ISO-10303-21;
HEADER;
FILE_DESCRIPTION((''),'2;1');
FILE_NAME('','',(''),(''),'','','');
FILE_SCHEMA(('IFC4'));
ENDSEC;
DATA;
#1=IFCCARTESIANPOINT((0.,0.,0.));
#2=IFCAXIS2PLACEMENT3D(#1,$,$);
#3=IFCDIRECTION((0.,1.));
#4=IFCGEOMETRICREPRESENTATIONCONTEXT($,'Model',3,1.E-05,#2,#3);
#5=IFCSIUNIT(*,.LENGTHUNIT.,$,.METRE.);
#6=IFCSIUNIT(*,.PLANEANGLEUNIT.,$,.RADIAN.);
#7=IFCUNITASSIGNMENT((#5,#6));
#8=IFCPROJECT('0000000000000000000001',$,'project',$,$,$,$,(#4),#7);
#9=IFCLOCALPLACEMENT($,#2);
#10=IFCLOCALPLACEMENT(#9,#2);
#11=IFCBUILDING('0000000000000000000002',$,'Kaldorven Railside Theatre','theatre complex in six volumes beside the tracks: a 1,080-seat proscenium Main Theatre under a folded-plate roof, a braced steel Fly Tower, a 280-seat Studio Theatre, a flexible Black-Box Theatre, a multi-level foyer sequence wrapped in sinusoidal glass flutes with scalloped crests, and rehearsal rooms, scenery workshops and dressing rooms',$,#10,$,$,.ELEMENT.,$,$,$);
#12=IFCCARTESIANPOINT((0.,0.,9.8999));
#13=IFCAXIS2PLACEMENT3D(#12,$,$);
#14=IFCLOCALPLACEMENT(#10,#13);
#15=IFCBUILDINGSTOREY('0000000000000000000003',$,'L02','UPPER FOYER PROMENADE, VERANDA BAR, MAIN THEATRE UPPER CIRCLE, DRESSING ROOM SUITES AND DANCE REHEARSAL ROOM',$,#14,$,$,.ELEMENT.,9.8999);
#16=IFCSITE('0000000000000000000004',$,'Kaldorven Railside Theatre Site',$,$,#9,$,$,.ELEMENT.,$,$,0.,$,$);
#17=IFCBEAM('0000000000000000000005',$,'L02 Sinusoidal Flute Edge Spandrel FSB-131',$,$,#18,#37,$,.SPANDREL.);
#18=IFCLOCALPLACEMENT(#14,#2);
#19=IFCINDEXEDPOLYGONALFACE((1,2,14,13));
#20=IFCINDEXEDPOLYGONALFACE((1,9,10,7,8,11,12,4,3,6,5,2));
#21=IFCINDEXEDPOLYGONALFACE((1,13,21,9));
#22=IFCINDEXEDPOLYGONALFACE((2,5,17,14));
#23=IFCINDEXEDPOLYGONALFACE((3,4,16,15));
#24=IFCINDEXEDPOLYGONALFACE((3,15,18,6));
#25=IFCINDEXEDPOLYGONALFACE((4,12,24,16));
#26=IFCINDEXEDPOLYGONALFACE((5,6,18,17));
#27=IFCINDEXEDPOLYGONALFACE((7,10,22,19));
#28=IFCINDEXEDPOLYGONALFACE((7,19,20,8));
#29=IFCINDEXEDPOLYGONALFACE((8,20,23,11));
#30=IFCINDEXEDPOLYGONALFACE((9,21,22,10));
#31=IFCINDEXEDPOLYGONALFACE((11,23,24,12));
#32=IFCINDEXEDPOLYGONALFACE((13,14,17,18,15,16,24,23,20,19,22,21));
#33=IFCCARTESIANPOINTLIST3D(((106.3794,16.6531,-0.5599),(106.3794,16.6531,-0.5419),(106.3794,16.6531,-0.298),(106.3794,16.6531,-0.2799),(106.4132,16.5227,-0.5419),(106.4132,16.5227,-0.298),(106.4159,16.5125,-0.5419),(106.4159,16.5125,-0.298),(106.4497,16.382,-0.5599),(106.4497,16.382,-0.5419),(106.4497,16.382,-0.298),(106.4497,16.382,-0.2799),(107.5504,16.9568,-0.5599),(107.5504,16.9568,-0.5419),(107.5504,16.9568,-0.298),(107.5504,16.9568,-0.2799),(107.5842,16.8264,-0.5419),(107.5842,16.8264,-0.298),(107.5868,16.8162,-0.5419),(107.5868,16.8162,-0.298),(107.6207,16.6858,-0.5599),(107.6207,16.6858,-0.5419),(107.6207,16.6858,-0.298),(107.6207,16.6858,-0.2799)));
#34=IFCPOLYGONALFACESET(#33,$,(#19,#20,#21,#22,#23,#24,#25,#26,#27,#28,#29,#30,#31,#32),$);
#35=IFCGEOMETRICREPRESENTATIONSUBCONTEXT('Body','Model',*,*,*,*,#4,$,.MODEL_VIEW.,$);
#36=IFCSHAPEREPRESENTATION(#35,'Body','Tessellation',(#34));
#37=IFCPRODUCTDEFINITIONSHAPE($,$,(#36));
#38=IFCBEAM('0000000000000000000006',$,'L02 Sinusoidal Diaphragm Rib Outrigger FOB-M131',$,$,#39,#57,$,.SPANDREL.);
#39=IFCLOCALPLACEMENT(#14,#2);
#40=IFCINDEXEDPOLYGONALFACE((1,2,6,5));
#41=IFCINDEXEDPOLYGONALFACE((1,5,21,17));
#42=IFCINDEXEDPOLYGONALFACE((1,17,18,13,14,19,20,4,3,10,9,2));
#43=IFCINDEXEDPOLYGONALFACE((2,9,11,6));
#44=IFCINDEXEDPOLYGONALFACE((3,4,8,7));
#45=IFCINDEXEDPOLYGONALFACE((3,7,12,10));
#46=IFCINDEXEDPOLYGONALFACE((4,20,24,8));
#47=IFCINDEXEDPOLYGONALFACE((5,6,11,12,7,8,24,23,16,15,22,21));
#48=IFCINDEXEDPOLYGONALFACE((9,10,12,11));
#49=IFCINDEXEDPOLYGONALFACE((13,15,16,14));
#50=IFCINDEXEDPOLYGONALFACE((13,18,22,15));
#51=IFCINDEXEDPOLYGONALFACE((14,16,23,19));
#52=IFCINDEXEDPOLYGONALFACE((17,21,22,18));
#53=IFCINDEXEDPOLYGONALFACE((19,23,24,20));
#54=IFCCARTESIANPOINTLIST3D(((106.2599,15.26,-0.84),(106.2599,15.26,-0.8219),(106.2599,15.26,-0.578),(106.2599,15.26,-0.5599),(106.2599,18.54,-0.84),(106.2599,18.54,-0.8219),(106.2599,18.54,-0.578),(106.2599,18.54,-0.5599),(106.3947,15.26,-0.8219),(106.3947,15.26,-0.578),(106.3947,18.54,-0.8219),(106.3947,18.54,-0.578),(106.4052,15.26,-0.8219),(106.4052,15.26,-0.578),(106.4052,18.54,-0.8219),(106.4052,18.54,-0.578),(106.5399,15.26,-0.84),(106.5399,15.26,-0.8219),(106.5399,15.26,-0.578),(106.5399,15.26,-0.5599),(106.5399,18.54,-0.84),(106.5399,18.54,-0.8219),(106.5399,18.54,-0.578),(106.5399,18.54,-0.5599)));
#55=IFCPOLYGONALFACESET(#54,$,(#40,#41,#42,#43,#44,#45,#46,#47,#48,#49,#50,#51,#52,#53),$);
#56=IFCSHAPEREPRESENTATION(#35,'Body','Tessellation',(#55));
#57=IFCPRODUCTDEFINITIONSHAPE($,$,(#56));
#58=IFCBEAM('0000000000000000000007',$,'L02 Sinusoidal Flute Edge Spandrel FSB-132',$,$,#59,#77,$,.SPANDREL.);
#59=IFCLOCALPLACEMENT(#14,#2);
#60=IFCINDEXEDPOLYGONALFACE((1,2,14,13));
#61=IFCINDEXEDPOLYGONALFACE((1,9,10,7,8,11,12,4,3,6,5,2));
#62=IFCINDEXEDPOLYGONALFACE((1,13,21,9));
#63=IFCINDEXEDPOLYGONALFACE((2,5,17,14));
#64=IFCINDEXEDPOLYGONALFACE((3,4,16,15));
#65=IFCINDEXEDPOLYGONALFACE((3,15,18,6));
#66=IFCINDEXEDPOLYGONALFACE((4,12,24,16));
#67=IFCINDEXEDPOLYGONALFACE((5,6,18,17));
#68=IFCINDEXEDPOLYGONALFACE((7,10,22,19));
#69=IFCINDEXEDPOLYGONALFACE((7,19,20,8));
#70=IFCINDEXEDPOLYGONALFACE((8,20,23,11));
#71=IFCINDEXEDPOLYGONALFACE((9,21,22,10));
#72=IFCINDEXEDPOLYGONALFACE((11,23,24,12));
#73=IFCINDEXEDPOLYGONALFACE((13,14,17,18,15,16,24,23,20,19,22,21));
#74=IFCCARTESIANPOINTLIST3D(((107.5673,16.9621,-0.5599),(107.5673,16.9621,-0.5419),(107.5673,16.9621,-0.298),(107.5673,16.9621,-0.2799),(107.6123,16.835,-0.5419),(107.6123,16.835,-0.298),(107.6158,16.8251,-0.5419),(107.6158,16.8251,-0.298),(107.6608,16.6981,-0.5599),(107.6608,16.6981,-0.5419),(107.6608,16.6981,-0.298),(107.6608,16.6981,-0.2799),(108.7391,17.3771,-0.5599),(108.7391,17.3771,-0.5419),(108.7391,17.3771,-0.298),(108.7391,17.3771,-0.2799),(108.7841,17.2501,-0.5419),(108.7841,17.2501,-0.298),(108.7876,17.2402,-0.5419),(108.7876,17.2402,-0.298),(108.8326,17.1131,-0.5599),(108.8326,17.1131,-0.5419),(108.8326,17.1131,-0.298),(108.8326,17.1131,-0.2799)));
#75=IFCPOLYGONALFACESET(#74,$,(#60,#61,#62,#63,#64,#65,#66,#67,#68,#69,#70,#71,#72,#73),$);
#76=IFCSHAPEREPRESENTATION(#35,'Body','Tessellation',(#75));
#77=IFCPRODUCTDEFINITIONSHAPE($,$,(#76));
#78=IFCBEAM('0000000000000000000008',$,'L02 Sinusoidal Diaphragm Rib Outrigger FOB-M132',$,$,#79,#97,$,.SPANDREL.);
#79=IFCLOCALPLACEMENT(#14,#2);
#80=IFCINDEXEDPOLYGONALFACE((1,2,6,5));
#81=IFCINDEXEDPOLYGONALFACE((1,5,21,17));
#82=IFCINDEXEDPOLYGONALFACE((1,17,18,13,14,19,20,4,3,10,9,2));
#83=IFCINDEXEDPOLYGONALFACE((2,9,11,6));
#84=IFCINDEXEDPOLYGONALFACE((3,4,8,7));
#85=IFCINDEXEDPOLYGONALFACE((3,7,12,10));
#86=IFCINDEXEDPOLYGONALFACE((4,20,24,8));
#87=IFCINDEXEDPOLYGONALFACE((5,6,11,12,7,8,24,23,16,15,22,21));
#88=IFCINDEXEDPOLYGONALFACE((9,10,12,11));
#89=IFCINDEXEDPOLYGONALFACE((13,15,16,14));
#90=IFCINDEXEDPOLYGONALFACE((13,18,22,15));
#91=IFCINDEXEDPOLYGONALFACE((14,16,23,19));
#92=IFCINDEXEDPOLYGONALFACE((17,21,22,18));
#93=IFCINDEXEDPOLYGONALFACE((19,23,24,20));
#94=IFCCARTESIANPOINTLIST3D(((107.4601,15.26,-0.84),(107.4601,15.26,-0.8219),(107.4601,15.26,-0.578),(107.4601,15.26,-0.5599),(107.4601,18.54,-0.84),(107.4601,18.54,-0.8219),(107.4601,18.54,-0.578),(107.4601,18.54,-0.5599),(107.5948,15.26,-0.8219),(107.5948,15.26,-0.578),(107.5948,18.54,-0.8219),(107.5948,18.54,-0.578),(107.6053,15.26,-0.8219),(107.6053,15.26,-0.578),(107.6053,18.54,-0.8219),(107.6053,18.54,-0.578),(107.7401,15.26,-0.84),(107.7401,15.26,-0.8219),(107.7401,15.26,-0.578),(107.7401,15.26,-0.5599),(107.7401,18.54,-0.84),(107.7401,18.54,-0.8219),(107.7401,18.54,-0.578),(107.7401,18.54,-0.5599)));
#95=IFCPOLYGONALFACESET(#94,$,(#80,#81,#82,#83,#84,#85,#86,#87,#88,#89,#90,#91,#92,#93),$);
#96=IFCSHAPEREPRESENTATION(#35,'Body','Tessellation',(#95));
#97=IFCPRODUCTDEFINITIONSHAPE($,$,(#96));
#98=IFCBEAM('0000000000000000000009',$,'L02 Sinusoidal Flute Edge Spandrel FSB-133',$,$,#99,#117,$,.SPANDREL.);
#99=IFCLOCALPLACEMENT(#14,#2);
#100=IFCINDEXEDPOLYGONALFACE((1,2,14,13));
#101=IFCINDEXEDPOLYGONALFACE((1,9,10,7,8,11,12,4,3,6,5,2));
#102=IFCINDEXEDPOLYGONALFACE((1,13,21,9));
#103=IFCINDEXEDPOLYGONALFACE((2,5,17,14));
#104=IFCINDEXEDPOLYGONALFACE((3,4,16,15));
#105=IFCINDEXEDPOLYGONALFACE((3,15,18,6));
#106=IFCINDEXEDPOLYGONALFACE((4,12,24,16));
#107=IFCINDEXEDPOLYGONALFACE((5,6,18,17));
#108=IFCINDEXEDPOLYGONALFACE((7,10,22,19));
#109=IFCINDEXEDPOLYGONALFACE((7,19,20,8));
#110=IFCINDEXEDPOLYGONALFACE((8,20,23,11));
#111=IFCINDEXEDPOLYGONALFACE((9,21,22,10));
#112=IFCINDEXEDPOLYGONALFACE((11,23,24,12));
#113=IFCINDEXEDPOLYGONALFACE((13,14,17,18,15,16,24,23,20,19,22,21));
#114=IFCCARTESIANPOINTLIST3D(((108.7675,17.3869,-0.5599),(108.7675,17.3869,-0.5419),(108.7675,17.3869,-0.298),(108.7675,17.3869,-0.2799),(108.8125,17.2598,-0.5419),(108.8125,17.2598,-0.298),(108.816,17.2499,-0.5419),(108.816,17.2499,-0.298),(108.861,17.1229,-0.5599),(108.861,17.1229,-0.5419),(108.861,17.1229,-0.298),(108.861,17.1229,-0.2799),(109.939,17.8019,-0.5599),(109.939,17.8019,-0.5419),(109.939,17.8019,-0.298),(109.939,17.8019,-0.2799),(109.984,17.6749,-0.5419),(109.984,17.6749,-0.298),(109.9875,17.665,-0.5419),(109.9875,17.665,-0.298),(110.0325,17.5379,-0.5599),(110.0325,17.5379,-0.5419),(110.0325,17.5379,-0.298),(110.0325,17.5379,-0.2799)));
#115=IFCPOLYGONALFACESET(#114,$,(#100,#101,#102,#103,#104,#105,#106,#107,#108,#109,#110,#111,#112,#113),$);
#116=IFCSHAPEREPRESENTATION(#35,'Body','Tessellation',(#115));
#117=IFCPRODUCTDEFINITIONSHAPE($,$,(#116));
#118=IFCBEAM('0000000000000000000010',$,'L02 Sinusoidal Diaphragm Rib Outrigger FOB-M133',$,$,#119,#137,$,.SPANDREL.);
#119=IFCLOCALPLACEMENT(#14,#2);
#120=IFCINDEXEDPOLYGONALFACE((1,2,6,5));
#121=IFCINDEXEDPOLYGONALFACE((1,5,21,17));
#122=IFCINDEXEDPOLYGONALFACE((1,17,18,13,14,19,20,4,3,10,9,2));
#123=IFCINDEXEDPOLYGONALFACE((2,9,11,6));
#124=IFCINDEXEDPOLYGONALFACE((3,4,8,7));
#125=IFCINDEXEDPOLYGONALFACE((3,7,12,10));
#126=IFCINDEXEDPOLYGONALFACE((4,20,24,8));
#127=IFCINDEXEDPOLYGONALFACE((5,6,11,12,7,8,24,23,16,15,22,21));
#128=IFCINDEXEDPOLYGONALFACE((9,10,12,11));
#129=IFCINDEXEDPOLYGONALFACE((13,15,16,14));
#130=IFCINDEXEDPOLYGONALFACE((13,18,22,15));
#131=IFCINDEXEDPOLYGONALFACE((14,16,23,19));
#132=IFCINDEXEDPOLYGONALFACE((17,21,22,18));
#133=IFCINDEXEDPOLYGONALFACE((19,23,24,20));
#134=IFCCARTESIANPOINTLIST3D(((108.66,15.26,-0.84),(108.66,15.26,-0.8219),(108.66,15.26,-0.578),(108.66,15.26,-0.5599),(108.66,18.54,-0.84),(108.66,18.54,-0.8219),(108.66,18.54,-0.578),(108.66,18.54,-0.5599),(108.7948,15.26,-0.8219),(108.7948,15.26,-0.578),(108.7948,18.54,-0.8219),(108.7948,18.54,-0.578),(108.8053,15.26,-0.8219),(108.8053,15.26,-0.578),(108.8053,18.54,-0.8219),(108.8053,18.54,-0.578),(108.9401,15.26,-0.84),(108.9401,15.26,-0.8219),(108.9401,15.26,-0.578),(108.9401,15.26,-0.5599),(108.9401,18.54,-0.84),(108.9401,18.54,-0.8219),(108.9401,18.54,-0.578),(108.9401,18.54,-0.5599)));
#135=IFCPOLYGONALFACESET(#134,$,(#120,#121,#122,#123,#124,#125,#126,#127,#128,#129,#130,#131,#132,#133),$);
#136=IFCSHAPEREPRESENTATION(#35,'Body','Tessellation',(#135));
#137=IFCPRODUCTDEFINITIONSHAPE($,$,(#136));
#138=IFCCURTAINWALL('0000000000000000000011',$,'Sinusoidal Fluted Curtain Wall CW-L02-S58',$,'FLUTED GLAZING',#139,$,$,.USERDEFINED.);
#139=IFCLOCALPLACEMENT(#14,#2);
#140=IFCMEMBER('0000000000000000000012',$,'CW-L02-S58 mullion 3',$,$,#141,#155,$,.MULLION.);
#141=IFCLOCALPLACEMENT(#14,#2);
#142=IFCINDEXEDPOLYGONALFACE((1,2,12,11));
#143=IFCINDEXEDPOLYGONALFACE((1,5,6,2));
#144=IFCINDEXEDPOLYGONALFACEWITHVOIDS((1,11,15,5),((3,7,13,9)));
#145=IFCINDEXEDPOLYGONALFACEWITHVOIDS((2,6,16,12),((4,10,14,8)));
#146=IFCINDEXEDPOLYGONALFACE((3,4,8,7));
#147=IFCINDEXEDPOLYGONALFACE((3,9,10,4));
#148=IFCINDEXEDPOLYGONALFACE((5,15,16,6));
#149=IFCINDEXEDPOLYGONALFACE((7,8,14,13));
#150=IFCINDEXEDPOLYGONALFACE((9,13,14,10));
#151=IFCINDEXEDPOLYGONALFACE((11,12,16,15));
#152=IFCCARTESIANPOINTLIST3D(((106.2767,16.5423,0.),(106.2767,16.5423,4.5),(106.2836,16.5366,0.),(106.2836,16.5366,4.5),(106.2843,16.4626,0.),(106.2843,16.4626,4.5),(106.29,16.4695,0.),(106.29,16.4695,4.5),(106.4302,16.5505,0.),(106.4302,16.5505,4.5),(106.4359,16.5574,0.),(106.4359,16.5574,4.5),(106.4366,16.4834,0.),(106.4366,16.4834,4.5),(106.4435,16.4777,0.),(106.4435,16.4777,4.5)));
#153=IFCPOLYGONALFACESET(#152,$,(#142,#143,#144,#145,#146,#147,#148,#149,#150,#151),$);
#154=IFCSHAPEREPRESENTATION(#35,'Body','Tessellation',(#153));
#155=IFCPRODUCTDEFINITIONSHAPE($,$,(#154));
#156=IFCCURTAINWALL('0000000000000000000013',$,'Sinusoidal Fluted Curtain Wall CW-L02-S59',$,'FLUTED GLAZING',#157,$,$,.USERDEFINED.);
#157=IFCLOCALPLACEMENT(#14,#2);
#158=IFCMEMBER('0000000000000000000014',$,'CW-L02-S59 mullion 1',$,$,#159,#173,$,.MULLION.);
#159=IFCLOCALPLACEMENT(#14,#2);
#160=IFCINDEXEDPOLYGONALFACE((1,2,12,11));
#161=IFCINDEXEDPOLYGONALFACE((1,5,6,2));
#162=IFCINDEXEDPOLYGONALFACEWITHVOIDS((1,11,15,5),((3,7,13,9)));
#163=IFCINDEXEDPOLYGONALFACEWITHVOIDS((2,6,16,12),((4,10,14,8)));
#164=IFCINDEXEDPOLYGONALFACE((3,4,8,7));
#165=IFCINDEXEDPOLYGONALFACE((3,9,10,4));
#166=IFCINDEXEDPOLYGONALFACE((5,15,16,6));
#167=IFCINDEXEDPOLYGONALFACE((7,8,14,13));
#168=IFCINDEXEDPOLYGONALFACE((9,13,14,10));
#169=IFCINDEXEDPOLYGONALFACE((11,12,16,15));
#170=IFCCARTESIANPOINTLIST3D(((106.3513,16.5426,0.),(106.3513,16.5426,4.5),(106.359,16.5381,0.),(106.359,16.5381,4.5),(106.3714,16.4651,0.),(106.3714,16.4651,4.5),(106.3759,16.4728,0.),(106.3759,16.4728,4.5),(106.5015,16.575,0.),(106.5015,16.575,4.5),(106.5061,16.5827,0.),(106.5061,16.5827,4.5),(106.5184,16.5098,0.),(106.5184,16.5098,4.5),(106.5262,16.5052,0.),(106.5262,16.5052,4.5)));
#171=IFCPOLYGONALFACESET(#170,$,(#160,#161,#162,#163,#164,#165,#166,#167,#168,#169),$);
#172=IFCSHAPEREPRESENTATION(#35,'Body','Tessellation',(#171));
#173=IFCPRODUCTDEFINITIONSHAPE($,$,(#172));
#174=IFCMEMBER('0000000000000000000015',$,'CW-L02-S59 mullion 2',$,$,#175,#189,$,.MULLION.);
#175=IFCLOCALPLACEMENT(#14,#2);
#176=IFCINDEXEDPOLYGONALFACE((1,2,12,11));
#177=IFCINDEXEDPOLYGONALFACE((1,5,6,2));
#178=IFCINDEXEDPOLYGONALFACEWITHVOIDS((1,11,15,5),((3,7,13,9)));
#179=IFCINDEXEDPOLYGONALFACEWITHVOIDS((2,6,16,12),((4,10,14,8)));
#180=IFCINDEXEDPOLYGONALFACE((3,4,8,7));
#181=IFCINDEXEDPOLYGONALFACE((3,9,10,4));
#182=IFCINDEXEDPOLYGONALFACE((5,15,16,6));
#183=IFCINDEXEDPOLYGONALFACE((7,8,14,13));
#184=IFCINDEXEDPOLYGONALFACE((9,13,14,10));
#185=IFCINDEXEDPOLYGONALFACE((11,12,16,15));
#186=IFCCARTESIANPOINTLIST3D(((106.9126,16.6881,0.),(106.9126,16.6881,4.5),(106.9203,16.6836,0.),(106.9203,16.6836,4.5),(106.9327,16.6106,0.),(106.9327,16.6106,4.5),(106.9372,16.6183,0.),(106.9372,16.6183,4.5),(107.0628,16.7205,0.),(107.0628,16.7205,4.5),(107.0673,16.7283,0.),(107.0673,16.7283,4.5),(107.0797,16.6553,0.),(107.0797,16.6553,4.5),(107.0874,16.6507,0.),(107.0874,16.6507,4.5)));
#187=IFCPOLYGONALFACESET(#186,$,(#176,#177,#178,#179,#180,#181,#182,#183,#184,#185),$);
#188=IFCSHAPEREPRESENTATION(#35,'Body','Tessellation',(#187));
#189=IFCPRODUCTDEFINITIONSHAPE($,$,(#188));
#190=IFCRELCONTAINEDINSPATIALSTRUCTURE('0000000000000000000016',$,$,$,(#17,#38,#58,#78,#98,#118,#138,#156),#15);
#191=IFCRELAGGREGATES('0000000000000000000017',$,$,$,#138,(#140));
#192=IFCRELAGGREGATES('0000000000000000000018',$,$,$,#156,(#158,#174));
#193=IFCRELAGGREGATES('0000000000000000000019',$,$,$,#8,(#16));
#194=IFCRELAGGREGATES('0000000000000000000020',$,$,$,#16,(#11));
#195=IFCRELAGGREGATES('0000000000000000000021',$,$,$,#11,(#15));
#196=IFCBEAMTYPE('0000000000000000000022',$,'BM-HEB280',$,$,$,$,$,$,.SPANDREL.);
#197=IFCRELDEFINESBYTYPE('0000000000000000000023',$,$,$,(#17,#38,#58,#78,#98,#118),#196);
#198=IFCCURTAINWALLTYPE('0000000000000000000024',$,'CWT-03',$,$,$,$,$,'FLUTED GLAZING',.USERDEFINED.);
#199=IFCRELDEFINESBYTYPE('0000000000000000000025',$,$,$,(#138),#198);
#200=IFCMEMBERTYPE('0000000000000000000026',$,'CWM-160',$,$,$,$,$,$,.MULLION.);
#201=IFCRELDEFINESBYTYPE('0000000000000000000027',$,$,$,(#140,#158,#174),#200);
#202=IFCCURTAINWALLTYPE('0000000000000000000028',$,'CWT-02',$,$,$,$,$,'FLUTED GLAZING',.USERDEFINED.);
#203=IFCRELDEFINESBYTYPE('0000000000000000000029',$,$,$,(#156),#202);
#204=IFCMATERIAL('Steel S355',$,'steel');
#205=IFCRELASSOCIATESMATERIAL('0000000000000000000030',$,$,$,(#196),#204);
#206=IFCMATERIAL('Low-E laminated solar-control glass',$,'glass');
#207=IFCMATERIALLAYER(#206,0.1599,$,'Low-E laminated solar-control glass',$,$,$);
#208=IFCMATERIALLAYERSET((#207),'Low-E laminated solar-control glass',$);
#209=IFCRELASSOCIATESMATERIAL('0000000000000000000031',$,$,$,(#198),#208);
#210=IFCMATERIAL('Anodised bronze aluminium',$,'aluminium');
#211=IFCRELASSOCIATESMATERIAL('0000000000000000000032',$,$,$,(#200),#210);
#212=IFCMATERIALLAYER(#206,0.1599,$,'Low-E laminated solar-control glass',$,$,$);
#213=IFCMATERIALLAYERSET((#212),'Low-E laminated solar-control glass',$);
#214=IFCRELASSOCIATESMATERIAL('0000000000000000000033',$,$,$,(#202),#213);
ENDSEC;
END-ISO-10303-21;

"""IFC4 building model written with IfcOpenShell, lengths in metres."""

from ifc_helpers import new_model, si_unit, direction, frame, origin, origin_2d, place, context, subcontext, project, spatial, hollow_rectangle, i_section, extrude, material, layer, layer_set, material_profile, profile_set, type_object, element, aggregate, save


model = new_model("IFC4")

# Units and contexts
model_context = context("Model", 3, precision=1e-05, world=origin(), true_north=direction((0.0, 1.0)))
body_context = subcontext(model_context, "Body", "Model", "MODEL_VIEW")
ifc_project = project(units=[si_unit("LENGTHUNIT", "METRE"), si_unit("PLANEANGLEUNIT", "RADIAN")], contexts=[model_context])

# Site, building, storey
site_placement = place(None, origin())
site = spatial("IfcSite", under=ifc_project, at=site_placement, Name="Kaldorven Railside Theatre Site", CompositionType="ELEMENT", RefElevation=0.0)
building_placement = place(site_placement, origin())
building = spatial("IfcBuilding", under=site, at=building_placement, Name="Kaldorven Railside Theatre", Description="theatre complex in six volumes beside the tracks: a 1,080-seat proscenium Main Theatre under a folded-plate roof, a braced steel Fly Tower, a 280-seat Studio Theatre, a flexible Black-Box Theatre, a multi-level foyer sequence wrapped in sinusoidal glass flutes with scalloped crests, and rehearsal rooms, scenery workshops and dressing rooms", CompositionType="ELEMENT")
storey_placement = place(building_placement, frame((0.0, 0.0, 9.8999)))
storey = spatial("IfcBuildingStorey", under=building, at=storey_placement, Name="L02", Description="UPPER FOYER PROMENADE, VERANDA BAR, MAIN THEATRE UPPER CIRCLE, DRESSING ROOM SUITES AND DANCE REHEARSAL ROOM", CompositionType="ELEMENT", Elevation=9.8999)

# Beams
ifc_material_1 = material(Name="Steel S355", Category="steel")
ifc_material_profile_1 = material_profile(ifc_material_1, i_section(OverallWidth=0.28, OverallDepth=0.28, WebThickness=0.0105, FlangeThickness=0.0181, at=origin_2d()), Name="HEB 280")
ifc_profile_set_1 = profile_set([ifc_material_profile_1], Name="Steel S355")
beam_type = type_object("IfcBeamType", Name="BM-HEB280", PredefinedType="SPANDREL", material=ifc_profile_set_1)
beam_1_placement = place(storey_placement, frame((106.4146, 16.5176, -0.4199), z_axis=(0.967968, 0.251074, 0.0), x_axis=(-0.251074, 0.967968, 0.0)))
element("IfcBeam", 1, at=beam_1_placement, inside=storey, type_object=beam_type, Name="L02 Sinusoidal Flute Edge Spandrel FSB-131", PredefinedType="SPANDREL", context=body_context, shape_type="SweptSolid", body=[
    extrude(i_section(OverallWidth=0.28, OverallDepth=0.28, WebThickness=0.0105, FlangeThickness=0.0181, at=origin_2d()), origin(), (0.0, 0.0, 1.0), 1.2097),
])
beam_2_placement = place(storey_placement, frame((106.3999, 15.26, -0.7), z_axis=(0.0, 1.0, 0.0), x_axis=(-1.0, 0.0, 0.0)))
element("IfcBeam", 2, at=beam_2_placement, inside=storey, type_object=beam_type, Name="L02 Sinusoidal Diaphragm Rib Outrigger FOB-M131", PredefinedType="SPANDREL", context=body_context, shape_type="SweptSolid", body=[
    extrude(i_section(OverallWidth=0.28, OverallDepth=0.28, WebThickness=0.0105, FlangeThickness=0.0181, at=origin_2d()), origin(), (0.0, 0.0, 1.0), 3.28),
])
beam_3_placement = place(storey_placement, frame((107.614, 16.8301, -0.4199), z_axis=(0.942627, 0.333847, 0.0), x_axis=(-0.333847, 0.942627, 0.0)))
element("IfcBeam", 3, at=beam_3_placement, inside=storey, type_object=beam_type, Name="L02 Sinusoidal Flute Edge Spandrel FSB-132", PredefinedType="SPANDREL", context=body_context, shape_type="SweptSolid", body=[
    extrude(i_section(OverallWidth=0.28, OverallDepth=0.28, WebThickness=0.0105, FlangeThickness=0.0181, at=origin_2d()), origin(), (0.0, 0.0, 1.0), 1.2432),
])
beam_4_placement = place(storey_placement, frame((107.6001, 15.26, -0.7), z_axis=(0.0, 1.0, 0.0), x_axis=(-1.0, 0.0, 0.0)))
element("IfcBeam", 4, at=beam_4_placement, inside=storey, type_object=beam_type, Name="L02 Sinusoidal Diaphragm Rib Outrigger FOB-M132", PredefinedType="SPANDREL", context=body_context, shape_type="SweptSolid", body=[
    extrude(i_section(OverallWidth=0.28, OverallDepth=0.28, WebThickness=0.0105, FlangeThickness=0.0181, at=origin_2d()), origin(), (0.0, 0.0, 1.0), 3.28),
])
beam_5_placement = place(storey_placement, frame((108.8142, 17.2549, -0.4199), z_axis=(0.942605, 0.333909, 0.0), x_axis=(-0.333909, 0.942605, 0.0)))
element("IfcBeam", 5, at=beam_5_placement, inside=storey, type_object=beam_type, Name="L02 Sinusoidal Flute Edge Spandrel FSB-133", PredefinedType="SPANDREL", context=body_context, shape_type="SweptSolid", body=[
    extrude(i_section(OverallWidth=0.28, OverallDepth=0.28, WebThickness=0.0105, FlangeThickness=0.0181, at=origin_2d()), origin(), (0.0, 0.0, 1.0), 1.2429),
])
beam_6_placement = place(storey_placement, frame((108.8, 15.26, -0.7), z_axis=(0.0, 1.0, 0.0), x_axis=(-1.0, 0.0, 0.0)))
element("IfcBeam", 6, at=beam_6_placement, inside=storey, type_object=beam_type, Name="L02 Sinusoidal Diaphragm Rib Outrigger FOB-M133", PredefinedType="SPANDREL", context=body_context, shape_type="SweptSolid", body=[
    extrude(i_section(OverallWidth=0.28, OverallDepth=0.28, WebThickness=0.0105, FlangeThickness=0.0181, at=origin_2d()), origin(), (0.0, 0.0, 1.0), 3.28),
])

# Curtain wall, member
ifc_material_2 = material(Name="Low-E laminated solar-control glass", Category="glass")
ifc_layer_1 = layer(ifc_material_2, 0.1599, Name="Low-E laminated solar-control glass")
ifc_layer_set_1 = layer_set([ifc_layer_1], Name="Low-E laminated solar-control glass")
curtain_wall_type_1 = type_object("IfcCurtainWallType", Name="CWT-03", ElementType="FLUTED GLAZING", PredefinedType="USERDEFINED", material=ifc_layer_set_1)
curtain_wall_1_placement = place(storey_placement, origin())
curtain_wall_1 = element("IfcCurtainWall", 7, at=curtain_wall_1_placement, inside=storey, type_object=curtain_wall_type_1, Name="Sinusoidal Fluted Curtain Wall CW-L02-S58", ObjectType="FLUTED GLAZING", PredefinedType="USERDEFINED")
ifc_material_3 = material(Name="Anodised bronze aluminium", Category="aluminium")
ifc_material_profile_2 = material_profile(ifc_material_3, hollow_rectangle(XDim=0.0801, YDim=0.1599, WallThickness=0.0063, at=origin_2d()), Name="RHS 160x80x6.3")
ifc_profile_set_2 = profile_set([ifc_material_profile_2], Name="Anodised bronze aluminium")
member_type_1 = type_object("IfcMemberType", Name="CWM-160", PredefinedType="MULLION", material=ifc_profile_set_2)
member_1_placement = place(storey_placement, frame((106.3601, 16.51, 0.0), z_axis=(0.0, 0.0, 1.0), x_axis=(-0.094492, 0.995526, 0.0)))
member_1 = element("IfcMember", 8, at=member_1_placement, type_object=member_type_1, Name="CW-L02-S58 mullion 3", PredefinedType="MULLION", context=body_context, shape_type="SweptSolid", body=[
    extrude(hollow_rectangle(XDim=0.0801, YDim=0.1599, WallThickness=0.0063, at=origin_2d()), origin(), (0.0, 0.0, 1.0), 4.5),
])

# Curtain wall, members
ifc_layer_2 = layer(ifc_material_2, 0.1599, Name="Low-E laminated solar-control glass")
ifc_layer_set_2 = layer_set([ifc_layer_2], Name="Low-E laminated solar-control glass")
curtain_wall_type_2 = type_object("IfcCurtainWallType", Name="CWT-02", ElementType="FLUTED GLAZING", PredefinedType="USERDEFINED", material=ifc_layer_set_2)
curtain_wall_2_placement = place(storey_placement, origin())
curtain_wall_2 = element("IfcCurtainWall", 9, at=curtain_wall_2_placement, inside=storey, type_object=curtain_wall_type_2, Name="Sinusoidal Fluted Curtain Wall CW-L02-S59", ObjectType="FLUTED GLAZING", PredefinedType="USERDEFINED")
member_2_placement = place(storey_placement, frame((106.4387, 16.5239, 0.0), z_axis=(0.0, 0.0, 1.0), x_axis=(-0.250954, 0.967999, 0.0)))
member_2 = element("IfcMember", 10, at=member_2_placement, type_object=member_type_1, Name="CW-L02-S59 mullion 1", PredefinedType="MULLION", context=body_context, shape_type="SweptSolid", body=[
    extrude(hollow_rectangle(XDim=0.0801, YDim=0.1599, WallThickness=0.0063, at=origin_2d()), origin(), (0.0, 0.0, 1.0), 4.5),
])
member_3_placement = place(storey_placement, frame((107.0, 16.6694, 0.0), z_axis=(0.0, 0.0, 1.0), x_axis=(-0.250954, 0.967999, 0.0)))
member_3 = element("IfcMember", 11, at=member_3_placement, type_object=member_type_1, Name="CW-L02-S59 mullion 2", PredefinedType="MULLION", context=body_context, shape_type="SweptSolid", body=[
    extrude(hollow_rectangle(XDim=0.0801, YDim=0.1599, WallThickness=0.0063, at=origin_2d()), origin(), (0.0, 0.0, 1.0), 4.5),
])

aggregate(curtain_wall_1, [member_1])
aggregate(curtain_wall_2, [member_2, member_3])

save(model, "model.ifc")
